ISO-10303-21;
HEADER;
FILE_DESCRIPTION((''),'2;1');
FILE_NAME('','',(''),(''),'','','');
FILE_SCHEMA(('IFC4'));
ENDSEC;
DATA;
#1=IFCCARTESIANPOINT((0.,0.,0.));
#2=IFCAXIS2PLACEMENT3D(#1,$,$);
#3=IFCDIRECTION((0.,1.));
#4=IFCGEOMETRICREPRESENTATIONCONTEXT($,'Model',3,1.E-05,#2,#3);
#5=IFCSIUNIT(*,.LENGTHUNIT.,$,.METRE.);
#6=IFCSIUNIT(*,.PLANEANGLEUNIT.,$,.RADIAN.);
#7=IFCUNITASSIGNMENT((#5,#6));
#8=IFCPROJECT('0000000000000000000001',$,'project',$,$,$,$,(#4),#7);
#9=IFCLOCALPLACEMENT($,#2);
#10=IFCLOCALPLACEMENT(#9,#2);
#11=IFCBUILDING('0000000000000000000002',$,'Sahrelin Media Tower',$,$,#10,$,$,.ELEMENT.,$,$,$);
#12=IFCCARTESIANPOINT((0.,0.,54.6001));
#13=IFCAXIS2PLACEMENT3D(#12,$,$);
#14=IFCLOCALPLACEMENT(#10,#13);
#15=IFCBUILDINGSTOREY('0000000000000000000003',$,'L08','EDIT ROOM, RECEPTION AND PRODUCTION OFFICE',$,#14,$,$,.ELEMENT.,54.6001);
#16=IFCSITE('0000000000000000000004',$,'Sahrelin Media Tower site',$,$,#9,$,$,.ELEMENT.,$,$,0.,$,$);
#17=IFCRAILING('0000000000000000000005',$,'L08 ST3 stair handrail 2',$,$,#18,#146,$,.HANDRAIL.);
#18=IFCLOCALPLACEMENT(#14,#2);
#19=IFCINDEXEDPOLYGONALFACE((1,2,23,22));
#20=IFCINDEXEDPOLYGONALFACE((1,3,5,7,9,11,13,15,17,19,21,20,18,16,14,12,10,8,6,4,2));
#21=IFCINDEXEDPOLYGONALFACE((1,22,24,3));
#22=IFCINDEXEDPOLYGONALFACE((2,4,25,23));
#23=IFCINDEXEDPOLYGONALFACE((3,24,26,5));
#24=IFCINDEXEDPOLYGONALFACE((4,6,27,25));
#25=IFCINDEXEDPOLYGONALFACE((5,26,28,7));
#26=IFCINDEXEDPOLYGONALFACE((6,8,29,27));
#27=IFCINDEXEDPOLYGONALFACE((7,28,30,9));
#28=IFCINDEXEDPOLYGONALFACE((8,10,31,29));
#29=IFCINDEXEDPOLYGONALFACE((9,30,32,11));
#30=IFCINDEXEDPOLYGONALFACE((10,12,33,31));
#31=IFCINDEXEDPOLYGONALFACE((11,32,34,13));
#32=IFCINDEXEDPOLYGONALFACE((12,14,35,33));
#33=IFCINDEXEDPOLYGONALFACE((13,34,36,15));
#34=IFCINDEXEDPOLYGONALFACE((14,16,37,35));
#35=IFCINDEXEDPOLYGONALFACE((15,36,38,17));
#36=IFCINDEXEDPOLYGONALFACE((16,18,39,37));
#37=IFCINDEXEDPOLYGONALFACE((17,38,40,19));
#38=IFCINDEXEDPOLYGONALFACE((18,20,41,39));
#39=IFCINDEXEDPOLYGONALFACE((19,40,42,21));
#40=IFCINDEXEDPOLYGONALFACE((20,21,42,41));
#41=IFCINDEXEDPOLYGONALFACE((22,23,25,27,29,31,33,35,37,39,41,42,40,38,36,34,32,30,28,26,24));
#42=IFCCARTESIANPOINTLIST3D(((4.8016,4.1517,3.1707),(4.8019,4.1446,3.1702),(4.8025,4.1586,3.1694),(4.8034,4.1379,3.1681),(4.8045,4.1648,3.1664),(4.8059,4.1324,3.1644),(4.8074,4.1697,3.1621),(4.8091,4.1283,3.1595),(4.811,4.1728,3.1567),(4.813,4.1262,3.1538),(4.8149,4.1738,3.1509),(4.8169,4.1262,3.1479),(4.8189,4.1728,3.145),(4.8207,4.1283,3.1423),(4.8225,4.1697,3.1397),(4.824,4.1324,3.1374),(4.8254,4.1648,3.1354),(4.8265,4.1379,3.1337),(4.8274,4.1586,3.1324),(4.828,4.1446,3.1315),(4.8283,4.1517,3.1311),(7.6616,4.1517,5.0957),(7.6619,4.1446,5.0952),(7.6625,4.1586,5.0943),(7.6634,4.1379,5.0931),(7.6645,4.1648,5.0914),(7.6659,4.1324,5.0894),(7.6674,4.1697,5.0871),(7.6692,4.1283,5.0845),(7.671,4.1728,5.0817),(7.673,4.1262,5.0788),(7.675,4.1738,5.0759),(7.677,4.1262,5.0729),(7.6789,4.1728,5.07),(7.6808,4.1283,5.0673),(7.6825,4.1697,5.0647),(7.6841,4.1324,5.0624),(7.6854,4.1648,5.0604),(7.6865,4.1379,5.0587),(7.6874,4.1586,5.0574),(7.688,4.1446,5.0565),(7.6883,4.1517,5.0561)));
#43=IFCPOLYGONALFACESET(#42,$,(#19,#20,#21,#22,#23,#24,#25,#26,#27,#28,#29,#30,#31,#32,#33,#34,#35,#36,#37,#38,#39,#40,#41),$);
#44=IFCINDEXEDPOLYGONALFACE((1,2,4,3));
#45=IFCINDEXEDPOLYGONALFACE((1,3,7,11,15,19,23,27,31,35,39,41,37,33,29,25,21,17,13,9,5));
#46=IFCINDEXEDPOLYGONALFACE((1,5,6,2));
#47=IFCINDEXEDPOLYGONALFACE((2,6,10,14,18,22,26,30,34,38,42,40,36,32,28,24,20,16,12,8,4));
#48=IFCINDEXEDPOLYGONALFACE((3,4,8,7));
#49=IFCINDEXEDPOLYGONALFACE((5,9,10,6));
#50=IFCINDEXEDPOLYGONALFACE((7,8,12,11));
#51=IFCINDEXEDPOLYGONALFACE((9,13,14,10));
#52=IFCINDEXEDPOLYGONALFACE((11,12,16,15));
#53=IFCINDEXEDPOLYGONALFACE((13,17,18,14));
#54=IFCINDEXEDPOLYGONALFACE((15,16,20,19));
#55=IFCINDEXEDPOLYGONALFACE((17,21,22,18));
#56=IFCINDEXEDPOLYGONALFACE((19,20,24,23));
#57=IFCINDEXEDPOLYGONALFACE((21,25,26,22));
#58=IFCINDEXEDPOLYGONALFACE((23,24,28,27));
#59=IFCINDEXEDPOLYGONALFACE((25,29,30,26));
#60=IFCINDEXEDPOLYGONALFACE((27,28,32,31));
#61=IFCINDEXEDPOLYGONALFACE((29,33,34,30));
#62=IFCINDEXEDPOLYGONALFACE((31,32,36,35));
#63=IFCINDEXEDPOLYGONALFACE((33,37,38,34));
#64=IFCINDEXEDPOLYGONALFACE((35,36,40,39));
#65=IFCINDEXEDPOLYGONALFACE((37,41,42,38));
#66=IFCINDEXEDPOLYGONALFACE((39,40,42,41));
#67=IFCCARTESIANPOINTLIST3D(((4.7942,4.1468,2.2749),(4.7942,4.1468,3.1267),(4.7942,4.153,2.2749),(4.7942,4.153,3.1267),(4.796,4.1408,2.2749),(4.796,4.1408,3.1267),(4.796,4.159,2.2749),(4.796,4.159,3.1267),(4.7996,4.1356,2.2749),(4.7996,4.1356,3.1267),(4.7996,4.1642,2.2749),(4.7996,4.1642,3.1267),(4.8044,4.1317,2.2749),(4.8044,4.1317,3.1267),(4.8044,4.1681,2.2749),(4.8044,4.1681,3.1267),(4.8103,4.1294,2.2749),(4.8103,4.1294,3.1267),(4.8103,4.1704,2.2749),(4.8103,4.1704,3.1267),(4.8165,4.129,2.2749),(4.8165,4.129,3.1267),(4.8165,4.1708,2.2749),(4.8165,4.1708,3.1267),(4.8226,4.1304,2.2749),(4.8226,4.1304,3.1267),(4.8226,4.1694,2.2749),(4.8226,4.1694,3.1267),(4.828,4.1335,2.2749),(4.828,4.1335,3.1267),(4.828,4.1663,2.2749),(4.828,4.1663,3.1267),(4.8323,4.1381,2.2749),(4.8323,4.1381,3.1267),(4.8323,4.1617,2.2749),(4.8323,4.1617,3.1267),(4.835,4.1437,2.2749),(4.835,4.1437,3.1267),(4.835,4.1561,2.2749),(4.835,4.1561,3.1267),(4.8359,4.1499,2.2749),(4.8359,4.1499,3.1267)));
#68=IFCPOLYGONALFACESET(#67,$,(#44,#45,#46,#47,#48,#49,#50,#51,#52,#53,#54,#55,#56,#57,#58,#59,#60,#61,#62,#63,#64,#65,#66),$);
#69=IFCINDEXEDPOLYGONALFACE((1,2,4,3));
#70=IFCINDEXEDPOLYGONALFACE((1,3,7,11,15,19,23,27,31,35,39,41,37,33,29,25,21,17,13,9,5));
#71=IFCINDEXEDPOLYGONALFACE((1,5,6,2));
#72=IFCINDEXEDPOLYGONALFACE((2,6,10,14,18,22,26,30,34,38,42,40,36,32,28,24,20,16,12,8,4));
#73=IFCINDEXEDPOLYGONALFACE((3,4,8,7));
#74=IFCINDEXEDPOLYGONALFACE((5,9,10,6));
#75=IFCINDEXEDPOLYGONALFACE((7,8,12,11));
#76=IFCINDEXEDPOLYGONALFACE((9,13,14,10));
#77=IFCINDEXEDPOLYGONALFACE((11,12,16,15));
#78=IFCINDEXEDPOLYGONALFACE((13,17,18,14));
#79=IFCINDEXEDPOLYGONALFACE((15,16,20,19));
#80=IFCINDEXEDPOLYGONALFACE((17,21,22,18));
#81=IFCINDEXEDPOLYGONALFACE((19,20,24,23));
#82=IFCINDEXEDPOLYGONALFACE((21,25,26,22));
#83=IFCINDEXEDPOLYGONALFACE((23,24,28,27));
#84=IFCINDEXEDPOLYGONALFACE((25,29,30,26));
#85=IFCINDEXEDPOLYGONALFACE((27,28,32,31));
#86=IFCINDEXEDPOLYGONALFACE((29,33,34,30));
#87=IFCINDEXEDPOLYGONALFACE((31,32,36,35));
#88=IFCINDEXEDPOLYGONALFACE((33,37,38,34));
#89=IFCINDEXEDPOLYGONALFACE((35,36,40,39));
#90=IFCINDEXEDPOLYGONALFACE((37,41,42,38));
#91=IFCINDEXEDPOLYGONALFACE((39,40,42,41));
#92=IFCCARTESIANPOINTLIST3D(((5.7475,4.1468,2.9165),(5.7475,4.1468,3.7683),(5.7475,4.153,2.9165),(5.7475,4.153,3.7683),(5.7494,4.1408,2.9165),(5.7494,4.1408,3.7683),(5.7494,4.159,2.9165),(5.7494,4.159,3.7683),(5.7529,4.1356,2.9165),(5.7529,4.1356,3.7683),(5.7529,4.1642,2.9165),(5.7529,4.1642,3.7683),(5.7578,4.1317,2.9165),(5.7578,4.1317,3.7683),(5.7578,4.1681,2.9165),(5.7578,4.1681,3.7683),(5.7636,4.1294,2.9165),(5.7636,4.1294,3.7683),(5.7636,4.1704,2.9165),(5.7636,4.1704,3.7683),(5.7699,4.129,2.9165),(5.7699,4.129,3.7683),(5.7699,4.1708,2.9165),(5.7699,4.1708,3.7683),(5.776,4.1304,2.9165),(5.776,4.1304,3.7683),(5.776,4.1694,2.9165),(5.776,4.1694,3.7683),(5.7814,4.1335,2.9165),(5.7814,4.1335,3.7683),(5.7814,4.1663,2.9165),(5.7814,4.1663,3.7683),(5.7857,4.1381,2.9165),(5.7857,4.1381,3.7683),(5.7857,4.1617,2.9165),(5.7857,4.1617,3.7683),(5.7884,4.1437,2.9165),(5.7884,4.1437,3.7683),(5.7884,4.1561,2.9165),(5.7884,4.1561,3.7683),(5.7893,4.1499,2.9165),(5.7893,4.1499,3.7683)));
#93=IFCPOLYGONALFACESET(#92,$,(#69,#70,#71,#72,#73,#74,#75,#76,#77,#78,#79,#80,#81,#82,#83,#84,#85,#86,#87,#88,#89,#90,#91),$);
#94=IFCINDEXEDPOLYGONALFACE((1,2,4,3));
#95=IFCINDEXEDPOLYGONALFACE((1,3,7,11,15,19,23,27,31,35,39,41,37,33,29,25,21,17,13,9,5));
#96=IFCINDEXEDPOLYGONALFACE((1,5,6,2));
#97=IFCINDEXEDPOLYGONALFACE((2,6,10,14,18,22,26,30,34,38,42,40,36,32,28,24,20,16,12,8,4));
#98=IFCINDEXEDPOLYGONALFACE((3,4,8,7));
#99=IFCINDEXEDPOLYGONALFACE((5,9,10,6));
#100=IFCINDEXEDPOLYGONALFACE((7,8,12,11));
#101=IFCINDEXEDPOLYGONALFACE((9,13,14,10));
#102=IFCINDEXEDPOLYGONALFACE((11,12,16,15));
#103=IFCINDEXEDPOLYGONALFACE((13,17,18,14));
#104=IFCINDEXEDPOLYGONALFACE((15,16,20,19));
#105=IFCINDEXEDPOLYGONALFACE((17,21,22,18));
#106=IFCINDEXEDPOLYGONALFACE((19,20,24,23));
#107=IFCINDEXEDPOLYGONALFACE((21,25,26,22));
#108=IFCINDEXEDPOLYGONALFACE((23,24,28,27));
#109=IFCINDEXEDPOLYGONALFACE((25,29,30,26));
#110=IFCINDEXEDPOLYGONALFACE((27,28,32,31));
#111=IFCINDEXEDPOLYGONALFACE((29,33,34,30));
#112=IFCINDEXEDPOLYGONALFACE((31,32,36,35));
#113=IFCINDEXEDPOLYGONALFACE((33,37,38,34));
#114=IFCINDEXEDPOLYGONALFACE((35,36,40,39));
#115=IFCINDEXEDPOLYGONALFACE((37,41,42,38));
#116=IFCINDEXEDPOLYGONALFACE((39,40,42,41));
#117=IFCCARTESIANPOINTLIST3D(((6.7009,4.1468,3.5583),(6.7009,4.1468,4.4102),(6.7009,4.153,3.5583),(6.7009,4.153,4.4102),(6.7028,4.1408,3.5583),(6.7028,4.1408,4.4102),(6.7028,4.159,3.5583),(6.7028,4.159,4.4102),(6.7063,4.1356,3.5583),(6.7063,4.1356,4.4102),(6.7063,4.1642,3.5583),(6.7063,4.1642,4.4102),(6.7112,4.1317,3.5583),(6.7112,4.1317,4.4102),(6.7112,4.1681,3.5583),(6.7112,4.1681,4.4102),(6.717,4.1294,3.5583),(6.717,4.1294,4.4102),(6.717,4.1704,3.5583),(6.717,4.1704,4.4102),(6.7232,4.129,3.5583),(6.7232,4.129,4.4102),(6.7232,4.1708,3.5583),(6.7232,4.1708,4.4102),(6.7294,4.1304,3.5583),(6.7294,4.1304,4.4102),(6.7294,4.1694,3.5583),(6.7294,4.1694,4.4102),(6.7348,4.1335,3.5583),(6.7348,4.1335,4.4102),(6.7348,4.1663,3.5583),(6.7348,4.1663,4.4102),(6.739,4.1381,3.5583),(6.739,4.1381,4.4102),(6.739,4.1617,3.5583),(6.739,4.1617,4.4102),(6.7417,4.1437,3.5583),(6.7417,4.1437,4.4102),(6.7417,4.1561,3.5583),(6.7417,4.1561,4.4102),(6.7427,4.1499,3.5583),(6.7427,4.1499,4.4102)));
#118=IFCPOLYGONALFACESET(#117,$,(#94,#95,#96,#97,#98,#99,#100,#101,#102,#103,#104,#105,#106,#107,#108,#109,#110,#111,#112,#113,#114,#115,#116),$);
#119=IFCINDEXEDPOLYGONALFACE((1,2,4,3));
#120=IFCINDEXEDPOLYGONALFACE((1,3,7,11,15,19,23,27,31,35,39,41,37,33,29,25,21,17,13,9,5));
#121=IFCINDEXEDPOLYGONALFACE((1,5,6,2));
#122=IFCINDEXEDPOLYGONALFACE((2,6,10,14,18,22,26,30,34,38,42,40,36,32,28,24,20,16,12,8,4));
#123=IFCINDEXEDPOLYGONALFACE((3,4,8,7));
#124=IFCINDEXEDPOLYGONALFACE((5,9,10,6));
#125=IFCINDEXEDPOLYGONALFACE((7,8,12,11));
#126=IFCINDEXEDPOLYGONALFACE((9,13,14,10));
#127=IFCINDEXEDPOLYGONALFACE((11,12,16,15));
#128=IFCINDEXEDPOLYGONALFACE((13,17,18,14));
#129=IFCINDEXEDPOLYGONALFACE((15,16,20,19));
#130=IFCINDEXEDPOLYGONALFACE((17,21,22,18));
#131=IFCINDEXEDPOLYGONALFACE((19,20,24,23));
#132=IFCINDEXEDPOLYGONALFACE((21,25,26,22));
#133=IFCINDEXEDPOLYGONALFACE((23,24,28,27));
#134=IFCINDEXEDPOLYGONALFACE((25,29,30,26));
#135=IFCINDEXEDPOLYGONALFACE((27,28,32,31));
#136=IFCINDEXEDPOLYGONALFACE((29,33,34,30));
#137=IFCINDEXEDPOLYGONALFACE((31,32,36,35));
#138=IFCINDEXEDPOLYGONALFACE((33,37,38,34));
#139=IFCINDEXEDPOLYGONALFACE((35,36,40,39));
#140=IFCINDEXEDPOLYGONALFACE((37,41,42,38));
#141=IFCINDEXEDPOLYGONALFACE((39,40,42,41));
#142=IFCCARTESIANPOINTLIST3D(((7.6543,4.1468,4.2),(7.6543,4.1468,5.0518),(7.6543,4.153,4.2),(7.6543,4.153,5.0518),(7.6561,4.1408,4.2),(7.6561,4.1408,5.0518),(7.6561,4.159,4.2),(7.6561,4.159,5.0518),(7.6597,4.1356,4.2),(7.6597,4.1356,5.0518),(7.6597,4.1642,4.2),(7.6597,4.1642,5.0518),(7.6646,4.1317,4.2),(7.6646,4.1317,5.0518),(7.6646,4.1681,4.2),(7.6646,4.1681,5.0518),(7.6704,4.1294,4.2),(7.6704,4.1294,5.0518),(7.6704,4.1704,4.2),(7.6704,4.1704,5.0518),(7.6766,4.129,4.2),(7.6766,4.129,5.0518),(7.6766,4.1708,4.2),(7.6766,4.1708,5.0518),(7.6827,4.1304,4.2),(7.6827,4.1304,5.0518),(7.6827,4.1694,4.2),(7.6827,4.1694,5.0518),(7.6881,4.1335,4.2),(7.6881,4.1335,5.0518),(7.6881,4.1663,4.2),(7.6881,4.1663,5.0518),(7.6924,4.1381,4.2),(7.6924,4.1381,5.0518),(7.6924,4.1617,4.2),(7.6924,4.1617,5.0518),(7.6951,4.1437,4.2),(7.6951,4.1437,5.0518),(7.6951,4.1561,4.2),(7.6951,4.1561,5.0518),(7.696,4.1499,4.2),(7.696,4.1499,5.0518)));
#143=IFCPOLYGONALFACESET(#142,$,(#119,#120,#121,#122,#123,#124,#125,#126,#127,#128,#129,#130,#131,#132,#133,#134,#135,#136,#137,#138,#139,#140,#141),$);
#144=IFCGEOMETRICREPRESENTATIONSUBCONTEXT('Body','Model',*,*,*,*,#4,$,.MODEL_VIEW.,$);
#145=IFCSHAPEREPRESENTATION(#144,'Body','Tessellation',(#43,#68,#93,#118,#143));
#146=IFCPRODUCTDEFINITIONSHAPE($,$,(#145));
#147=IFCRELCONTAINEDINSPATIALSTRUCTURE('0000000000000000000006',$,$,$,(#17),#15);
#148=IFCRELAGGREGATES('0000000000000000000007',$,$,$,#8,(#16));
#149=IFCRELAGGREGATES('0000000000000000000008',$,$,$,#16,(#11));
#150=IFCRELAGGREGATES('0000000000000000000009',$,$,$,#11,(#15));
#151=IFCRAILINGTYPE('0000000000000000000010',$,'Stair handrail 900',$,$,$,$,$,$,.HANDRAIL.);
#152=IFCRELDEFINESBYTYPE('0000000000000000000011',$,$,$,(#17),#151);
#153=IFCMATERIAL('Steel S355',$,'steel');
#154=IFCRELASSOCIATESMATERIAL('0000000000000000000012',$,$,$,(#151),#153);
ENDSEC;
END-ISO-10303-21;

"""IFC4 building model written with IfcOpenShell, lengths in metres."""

from ifc_helpers import new_model, si_unit, direction, frame, origin, origin_2d, place, context, subcontext, project, spatial, circle, extrude, material, type_object, element, save


model = new_model("IFC4")

# Units and contexts
model_context = context("Model", 3, precision=1e-05, world=origin(), true_north=direction((0.0, 1.0)))
body_context = subcontext(model_context, "Body", "Model", "MODEL_VIEW")
ifc_project = project(units=[si_unit("LENGTHUNIT", "METRE"), si_unit("PLANEANGLEUNIT", "RADIAN")], contexts=[model_context])

# Site, building, storey
site_placement = place(None, origin())
site = spatial("IfcSite", under=ifc_project, at=site_placement, Name="Sahrelin Media Tower site", CompositionType="ELEMENT", RefElevation=0.0)
building_placement = place(site_placement, origin())
building = spatial("IfcBuilding", under=site, at=building_placement, Name="Sahrelin Media Tower", CompositionType="ELEMENT")
storey_placement = place(building_placement, frame((0.0, 0.0, 54.6001)))
storey = spatial("IfcBuildingStorey", under=building, at=storey_placement, Name="L08", Description="EDIT ROOM, RECEPTION AND PRODUCTION OFFICE", CompositionType="ELEMENT", Elevation=54.6001)

# Shared definitions
ifc_material_1 = material(Name="Steel S355", Category="steel")

# Railing
railing_type_1 = type_object("IfcRailingType", Name="Stair handrail 900", PredefinedType="HANDRAIL", material=ifc_material_1)
railing_1_placement = place(storey_placement, frame((4.8149, 4.1499, 2.2749)))
element("IfcRailing", 1, at=railing_1_placement, inside=storey, type_object=railing_type_1, Name="L08 ST3 stair handrail 2", PredefinedType="HANDRAIL", context=body_context, shape_type="SweptSolid", body=[
    extrude(circle(Radius=0.0239, at=origin_2d()), frame((0.0, 0.0, 0.876), z_axis=(0.829591, 0.0, 0.558372), x_axis=(0.0, 1.0, 0.0)), (0.0, 0.0, 1.0), 3.4475),
    extrude(circle(Radius=0.021, at=origin_2d()), origin(), (0.0, 0.0, 1.0), 0.8518),
    extrude(circle(Radius=0.021, at=origin_2d()), frame((0.9534, 0.0, 0.6416)), (0.0, 0.0, 1.0), 0.8518),
    extrude(circle(Radius=0.021, at=origin_2d()), frame((1.9067, 0.0, 1.2834)), (0.0, 0.0, 1.0), 0.8518),
    extrude(circle(Radius=0.021, at=origin_2d()), frame((2.8601, 0.0, 1.925)), (0.0, 0.0, 1.0), 0.8518),
])

save(model, "model.ifc")
